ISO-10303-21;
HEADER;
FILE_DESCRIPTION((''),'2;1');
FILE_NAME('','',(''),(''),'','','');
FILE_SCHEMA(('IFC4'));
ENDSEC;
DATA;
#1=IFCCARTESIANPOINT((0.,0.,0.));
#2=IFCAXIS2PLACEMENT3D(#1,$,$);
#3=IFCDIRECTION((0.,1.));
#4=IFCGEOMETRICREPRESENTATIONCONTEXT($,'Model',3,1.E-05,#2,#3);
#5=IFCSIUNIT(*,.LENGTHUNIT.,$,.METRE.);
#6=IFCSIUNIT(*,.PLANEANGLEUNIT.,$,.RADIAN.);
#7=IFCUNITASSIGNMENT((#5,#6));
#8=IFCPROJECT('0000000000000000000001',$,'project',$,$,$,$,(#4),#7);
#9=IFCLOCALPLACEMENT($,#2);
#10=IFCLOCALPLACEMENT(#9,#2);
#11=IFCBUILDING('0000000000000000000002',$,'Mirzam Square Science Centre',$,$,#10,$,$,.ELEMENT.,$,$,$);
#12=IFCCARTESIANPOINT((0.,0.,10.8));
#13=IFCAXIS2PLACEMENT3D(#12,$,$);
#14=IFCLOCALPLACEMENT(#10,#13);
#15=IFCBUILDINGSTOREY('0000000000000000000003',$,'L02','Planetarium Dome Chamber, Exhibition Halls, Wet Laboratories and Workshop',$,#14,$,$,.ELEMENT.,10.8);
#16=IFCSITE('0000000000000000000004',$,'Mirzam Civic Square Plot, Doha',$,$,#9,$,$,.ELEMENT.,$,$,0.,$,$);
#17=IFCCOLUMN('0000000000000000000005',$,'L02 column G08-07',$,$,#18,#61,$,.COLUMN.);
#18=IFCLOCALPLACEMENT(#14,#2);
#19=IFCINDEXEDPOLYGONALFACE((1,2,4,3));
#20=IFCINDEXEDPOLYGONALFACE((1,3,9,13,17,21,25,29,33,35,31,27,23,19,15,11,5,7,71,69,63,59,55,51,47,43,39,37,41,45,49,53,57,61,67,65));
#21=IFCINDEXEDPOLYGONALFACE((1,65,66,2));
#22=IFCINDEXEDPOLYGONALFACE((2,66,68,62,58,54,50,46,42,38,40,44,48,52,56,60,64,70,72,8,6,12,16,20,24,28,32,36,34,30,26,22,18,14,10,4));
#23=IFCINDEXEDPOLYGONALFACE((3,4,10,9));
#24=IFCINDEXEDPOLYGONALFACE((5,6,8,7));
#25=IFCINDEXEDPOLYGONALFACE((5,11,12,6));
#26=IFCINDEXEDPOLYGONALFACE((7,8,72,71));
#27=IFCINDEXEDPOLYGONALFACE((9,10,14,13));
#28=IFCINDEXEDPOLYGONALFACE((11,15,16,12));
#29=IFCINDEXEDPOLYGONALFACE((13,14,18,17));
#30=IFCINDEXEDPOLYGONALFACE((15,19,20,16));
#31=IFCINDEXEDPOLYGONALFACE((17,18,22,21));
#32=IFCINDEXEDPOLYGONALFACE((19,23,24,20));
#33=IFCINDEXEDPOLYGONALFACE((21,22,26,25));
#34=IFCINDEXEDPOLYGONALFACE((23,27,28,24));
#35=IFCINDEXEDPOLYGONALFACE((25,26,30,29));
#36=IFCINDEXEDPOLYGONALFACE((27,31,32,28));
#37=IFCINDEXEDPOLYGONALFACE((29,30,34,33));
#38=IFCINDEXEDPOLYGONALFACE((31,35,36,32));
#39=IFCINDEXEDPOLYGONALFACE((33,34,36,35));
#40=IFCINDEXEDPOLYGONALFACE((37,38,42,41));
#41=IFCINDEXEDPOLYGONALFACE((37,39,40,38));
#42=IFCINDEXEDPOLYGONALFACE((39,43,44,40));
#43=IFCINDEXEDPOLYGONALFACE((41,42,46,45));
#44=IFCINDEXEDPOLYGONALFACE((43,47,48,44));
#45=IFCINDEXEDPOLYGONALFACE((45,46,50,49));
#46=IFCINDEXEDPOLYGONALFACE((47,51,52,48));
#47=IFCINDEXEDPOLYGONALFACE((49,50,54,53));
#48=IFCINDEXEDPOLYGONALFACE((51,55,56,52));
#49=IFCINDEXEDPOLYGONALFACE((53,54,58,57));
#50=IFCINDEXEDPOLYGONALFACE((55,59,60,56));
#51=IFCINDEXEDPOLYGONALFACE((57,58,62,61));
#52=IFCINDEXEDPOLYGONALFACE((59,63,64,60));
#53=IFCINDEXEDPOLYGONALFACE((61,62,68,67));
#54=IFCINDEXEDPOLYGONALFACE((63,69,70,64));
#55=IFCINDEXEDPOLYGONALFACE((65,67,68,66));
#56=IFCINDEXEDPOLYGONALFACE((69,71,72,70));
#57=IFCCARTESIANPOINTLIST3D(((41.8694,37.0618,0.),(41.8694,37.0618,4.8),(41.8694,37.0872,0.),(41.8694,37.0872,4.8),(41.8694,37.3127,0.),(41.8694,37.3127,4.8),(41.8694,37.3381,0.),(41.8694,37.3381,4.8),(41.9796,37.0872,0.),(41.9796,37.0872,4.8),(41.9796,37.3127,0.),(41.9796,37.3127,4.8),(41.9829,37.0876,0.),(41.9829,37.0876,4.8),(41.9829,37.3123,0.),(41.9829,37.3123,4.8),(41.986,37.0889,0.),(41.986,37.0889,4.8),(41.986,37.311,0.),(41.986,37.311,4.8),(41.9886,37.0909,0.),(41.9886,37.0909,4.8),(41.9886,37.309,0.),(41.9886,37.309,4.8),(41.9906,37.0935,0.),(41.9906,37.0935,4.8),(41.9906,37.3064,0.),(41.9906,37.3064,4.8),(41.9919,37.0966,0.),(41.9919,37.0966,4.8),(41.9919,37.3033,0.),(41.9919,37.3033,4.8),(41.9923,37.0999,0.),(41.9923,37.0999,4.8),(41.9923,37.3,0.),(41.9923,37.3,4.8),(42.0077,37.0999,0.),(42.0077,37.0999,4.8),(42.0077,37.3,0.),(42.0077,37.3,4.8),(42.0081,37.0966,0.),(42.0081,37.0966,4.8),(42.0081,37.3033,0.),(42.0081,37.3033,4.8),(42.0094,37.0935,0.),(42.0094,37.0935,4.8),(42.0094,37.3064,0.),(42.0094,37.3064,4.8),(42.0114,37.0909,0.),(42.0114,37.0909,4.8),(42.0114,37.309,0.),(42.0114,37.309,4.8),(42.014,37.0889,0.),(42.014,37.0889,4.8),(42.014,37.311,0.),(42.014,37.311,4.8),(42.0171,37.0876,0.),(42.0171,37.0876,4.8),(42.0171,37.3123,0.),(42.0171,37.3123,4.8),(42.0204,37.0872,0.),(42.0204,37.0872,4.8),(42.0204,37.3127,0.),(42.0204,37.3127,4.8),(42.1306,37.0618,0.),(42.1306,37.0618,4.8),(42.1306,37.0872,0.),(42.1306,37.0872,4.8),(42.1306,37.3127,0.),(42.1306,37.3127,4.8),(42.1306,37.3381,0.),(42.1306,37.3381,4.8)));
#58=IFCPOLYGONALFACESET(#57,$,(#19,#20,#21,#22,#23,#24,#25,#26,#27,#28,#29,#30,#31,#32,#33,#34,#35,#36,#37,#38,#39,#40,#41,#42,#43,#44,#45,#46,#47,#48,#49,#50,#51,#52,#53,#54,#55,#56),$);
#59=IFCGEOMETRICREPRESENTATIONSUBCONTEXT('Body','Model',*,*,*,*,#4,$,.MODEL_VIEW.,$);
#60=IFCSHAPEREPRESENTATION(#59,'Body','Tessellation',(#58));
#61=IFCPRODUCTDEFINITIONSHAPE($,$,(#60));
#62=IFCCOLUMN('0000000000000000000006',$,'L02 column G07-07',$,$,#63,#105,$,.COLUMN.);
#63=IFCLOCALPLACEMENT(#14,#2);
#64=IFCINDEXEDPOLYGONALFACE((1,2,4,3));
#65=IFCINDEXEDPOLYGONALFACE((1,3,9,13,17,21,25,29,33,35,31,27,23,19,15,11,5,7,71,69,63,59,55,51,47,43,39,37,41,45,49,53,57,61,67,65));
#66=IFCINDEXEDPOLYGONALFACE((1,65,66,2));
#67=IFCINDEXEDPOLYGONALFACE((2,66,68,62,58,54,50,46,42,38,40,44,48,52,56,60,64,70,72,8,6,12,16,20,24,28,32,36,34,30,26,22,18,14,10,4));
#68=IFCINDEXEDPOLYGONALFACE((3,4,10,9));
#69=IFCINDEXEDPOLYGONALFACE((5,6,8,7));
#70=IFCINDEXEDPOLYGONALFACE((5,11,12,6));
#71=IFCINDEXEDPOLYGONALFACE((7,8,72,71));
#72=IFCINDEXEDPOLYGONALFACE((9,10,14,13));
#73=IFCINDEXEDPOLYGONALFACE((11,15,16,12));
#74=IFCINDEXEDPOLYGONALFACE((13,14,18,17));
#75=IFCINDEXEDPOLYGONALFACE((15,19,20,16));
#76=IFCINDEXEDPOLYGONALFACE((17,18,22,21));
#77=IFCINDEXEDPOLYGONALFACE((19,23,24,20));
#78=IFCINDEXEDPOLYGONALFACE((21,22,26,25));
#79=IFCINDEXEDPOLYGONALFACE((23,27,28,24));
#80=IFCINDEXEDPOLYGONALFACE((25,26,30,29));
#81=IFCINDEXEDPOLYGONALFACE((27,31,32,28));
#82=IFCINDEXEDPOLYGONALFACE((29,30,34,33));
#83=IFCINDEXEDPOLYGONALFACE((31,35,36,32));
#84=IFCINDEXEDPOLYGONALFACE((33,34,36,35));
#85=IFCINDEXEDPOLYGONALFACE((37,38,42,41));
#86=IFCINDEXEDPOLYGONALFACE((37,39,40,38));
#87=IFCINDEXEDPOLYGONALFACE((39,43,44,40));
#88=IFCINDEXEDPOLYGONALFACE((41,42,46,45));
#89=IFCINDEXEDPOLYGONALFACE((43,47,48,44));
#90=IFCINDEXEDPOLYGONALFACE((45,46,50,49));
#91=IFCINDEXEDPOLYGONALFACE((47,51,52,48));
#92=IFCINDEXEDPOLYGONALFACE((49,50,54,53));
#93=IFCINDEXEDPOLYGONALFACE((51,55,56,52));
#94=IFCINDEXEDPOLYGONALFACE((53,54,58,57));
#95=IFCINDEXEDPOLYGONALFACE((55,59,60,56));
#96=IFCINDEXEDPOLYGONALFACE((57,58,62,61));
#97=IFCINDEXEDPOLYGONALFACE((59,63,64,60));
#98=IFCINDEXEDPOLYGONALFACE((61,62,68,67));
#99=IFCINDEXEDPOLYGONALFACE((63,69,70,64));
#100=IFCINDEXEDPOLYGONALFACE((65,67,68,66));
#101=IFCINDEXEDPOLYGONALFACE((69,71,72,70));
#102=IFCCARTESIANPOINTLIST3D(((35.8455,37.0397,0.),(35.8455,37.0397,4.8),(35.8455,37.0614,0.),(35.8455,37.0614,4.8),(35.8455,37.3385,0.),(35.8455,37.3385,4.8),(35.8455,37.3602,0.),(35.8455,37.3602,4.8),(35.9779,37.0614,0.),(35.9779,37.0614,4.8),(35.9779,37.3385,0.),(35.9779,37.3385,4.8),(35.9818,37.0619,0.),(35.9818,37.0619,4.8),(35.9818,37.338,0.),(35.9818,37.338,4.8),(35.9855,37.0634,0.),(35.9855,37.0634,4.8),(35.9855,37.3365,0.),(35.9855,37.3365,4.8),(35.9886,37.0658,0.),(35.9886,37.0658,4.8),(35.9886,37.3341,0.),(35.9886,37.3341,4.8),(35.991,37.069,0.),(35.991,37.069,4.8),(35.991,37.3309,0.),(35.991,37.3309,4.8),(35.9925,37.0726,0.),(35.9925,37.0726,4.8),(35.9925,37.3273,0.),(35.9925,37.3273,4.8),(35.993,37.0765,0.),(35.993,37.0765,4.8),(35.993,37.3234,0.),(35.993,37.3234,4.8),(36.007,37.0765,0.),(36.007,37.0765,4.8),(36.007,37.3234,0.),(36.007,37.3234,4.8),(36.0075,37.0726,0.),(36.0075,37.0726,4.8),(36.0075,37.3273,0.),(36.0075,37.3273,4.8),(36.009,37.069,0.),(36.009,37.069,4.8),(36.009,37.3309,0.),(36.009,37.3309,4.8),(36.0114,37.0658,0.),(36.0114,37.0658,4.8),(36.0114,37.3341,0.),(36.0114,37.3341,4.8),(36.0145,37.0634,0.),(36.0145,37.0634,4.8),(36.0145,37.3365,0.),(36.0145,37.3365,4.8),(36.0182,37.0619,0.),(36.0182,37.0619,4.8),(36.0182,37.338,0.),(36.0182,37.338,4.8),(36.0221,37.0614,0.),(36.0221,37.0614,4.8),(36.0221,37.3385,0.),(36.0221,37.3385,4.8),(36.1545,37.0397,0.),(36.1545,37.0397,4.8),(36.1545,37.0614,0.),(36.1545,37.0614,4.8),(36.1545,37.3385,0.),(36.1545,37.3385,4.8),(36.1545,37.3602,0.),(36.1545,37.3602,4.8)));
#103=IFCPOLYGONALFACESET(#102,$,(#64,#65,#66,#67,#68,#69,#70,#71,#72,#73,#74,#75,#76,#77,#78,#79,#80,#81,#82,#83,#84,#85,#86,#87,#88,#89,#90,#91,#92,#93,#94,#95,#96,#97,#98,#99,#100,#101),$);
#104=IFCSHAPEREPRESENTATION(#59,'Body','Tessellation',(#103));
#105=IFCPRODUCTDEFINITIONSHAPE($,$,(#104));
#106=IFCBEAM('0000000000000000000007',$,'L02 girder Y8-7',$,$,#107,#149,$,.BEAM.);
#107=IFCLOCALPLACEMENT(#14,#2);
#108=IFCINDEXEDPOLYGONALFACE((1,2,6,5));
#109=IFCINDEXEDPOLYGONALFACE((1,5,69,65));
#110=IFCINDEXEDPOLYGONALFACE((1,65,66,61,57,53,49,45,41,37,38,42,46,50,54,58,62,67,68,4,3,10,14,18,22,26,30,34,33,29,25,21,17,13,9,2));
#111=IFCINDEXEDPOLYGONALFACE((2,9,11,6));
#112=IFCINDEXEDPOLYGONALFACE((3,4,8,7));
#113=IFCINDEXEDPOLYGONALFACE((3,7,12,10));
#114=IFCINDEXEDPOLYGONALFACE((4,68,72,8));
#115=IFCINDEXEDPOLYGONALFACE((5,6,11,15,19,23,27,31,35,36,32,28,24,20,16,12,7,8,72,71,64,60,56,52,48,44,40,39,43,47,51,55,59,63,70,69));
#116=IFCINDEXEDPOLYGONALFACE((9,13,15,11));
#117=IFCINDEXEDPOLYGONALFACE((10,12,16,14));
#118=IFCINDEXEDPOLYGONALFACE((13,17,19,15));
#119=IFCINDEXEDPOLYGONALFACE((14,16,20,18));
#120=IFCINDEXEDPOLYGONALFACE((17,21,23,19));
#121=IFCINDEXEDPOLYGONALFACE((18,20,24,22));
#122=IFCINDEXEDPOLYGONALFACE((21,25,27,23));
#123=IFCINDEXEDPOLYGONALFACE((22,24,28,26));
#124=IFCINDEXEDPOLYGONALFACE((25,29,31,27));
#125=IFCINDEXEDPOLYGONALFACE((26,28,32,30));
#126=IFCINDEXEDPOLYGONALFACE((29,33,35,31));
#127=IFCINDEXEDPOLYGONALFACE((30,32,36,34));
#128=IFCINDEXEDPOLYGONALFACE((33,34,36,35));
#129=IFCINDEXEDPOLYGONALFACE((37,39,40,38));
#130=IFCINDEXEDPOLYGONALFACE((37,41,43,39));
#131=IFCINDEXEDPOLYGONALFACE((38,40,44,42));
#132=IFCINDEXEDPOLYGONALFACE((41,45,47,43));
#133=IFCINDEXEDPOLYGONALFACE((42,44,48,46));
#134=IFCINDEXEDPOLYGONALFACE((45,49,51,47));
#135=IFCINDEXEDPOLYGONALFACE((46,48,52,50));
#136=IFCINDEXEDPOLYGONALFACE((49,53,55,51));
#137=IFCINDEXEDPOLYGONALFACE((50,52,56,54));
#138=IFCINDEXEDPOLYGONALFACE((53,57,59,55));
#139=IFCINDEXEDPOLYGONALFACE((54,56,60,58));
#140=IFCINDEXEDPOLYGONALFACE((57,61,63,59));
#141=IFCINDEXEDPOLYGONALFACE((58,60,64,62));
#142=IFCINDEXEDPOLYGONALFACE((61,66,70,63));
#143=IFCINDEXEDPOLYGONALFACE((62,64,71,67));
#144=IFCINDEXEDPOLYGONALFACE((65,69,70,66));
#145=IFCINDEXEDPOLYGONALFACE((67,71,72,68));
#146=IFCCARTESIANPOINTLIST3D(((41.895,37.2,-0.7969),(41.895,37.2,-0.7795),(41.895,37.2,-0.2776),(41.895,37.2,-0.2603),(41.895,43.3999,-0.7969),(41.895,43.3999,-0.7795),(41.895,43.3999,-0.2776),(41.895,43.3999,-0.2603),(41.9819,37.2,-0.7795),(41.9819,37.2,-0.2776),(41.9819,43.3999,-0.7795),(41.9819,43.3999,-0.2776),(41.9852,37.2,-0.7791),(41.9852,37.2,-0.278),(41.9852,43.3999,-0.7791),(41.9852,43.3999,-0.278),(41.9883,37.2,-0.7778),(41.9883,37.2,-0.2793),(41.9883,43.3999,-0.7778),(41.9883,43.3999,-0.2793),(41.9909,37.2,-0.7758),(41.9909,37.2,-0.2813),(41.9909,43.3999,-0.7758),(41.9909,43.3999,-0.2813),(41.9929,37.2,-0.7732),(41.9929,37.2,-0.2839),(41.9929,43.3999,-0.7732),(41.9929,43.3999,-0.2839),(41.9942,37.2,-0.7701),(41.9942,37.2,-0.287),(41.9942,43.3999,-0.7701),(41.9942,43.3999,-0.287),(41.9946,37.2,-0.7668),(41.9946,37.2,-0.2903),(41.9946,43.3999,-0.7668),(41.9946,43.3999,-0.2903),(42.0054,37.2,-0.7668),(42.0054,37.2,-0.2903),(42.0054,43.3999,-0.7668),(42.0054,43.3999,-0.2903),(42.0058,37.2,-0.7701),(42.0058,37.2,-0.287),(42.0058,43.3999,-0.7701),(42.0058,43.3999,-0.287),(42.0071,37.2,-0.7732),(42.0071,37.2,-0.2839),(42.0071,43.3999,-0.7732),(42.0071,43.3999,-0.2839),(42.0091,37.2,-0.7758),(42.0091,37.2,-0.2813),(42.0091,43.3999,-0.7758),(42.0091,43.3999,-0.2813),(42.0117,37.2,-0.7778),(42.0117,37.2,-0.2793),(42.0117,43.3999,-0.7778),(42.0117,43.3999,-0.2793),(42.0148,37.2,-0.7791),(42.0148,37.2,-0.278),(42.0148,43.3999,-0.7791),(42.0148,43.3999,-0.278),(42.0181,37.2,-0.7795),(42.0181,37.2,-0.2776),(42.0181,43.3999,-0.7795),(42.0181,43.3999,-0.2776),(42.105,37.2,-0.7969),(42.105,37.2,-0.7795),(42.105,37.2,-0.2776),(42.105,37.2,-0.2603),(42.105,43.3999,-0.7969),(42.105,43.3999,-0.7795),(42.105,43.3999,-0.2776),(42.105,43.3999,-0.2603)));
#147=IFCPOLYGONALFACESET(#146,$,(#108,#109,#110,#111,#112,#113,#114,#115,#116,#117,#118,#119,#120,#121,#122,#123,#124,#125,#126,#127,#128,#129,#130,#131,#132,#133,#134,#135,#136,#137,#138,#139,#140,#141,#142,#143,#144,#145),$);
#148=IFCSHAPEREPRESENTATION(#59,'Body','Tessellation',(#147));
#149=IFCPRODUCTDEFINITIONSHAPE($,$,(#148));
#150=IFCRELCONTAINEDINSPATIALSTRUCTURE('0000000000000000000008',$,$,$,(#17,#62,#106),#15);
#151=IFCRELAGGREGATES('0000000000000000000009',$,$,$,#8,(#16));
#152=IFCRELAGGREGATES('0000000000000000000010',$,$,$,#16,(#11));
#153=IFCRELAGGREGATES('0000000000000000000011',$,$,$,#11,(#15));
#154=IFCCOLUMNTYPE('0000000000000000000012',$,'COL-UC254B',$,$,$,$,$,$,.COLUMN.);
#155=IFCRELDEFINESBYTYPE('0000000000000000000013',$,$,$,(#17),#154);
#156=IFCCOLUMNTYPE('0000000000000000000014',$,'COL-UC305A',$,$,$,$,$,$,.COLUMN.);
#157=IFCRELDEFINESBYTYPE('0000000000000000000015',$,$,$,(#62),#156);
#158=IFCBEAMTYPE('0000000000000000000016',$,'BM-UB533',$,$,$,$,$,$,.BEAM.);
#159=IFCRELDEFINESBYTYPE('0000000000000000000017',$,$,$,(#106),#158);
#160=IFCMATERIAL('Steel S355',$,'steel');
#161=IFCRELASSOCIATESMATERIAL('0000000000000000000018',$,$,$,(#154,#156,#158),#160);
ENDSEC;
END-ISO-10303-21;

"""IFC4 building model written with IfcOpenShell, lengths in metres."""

from ifc_helpers import new_model, si_unit, direction, frame, origin, origin_2d, place, context, subcontext, project, spatial, i_section, extrude, material, material_profile, profile_set, type_object, element, save


model = new_model("IFC4")

# Units and contexts
model_context = context("Model", 3, precision=1e-05, world=origin(), true_north=direction((0.0, 1.0)))
body_context = subcontext(model_context, "Body", "Model", "MODEL_VIEW")
ifc_project = project(units=[si_unit("LENGTHUNIT", "METRE"), si_unit("PLANEANGLEUNIT", "RADIAN")], contexts=[model_context])

# Site, building, storey
site_placement = place(None, origin())
site = spatial("IfcSite", under=ifc_project, at=site_placement, Name="Mirzam Civic Square Plot, Doha", CompositionType="ELEMENT", RefElevation=0.0)
building_placement = place(site_placement, origin())
building = spatial("IfcBuilding", under=site, at=building_placement, Name="Mirzam Square Science Centre", CompositionType="ELEMENT")
storey_placement = place(building_placement, frame((0.0, 0.0, 10.8)))
storey = spatial("IfcBuildingStorey", under=building, at=storey_placement, Name="L02", Description="Planetarium Dome Chamber, Exhibition Halls, Wet Laboratories and Workshop", CompositionType="ELEMENT", Elevation=10.8)

# Columns
ifc_material_1 = material(Name="Steel S355", Category="steel")
ifc_material_profile_1 = material_profile(ifc_material_1, i_section(OverallWidth=0.2612, OverallDepth=0.2764, WebThickness=0.0154, FlangeThickness=0.0254, FilletRadius=0.0127, at=origin_2d()), Name="254x254x132UC")
ifc_profile_set_1 = profile_set([ifc_material_profile_1], Name="Steel S355")
column_type_1 = type_object("IfcColumnType", Name="COL-UC254B", PredefinedType="COLUMN", material=ifc_profile_set_1)
column_1_placement = place(storey_placement, frame((42.0, 37.2, 0.0), z_axis=(0.0, 0.0, 1.0), x_axis=(1.0, 0.0, 0.0)))
element("IfcColumn", 1, at=column_1_placement, inside=storey, type_object=column_type_1, Name="L02 column G08-07", PredefinedType="COLUMN", context=body_context, shape_type="SweptSolid", body=[
    extrude(i_section(OverallWidth=0.2612, OverallDepth=0.2764, WebThickness=0.0154, FlangeThickness=0.0254, FilletRadius=0.0127, at=origin_2d()), origin(), (0.0, 0.0, 1.0), 4.8),
])
ifc_material_profile_2 = material_profile(ifc_material_1, i_section(OverallWidth=0.3091, OverallDepth=0.3206, WebThickness=0.0139, FlangeThickness=0.0217, FilletRadius=0.0151, at=origin_2d()), Name="305x305x137UC")
ifc_profile_set_2 = profile_set([ifc_material_profile_2], Name="Steel S355")
column_type_2 = type_object("IfcColumnType", Name="COL-UC305A", PredefinedType="COLUMN", material=ifc_profile_set_2)
column_2_placement = place(storey_placement, frame((36.0, 37.2, 0.0), z_axis=(0.0, 0.0, 1.0), x_axis=(1.0, 0.0, 0.0)))
element("IfcColumn", 2, at=column_2_placement, inside=storey, type_object=column_type_2, Name="L02 column G07-07", PredefinedType="COLUMN", context=body_context, shape_type="SweptSolid", body=[
    extrude(i_section(OverallWidth=0.3091, OverallDepth=0.3206, WebThickness=0.0139, FlangeThickness=0.0217, FilletRadius=0.0151, at=origin_2d()), origin(), (0.0, 0.0, 1.0), 4.8),
])

# Beam
ifc_material_profile_3 = material_profile(ifc_material_1, i_section(OverallWidth=0.21, OverallDepth=0.5366, WebThickness=0.0107, FlangeThickness=0.0173, FilletRadius=0.0127, at=origin_2d()), Name="533x210x101UB")
ifc_profile_set_3 = profile_set([ifc_material_profile_3], Name="Steel S355")
beam_type_1 = type_object("IfcBeamType", Name="BM-UB533", PredefinedType="BEAM", material=ifc_profile_set_3)
beam_1_placement = place(storey_placement, frame((42.0, 37.2, -0.5286), z_axis=(0.0, 1.0, 0.0), x_axis=(-1.0, 0.0, 0.0)))
element("IfcBeam", 3, at=beam_1_placement, inside=storey, type_object=beam_type_1, Name="L02 girder Y8-7", PredefinedType="BEAM", context=body_context, shape_type="SweptSolid", body=[
    extrude(i_section(OverallWidth=0.21, OverallDepth=0.5366, WebThickness=0.0107, FlangeThickness=0.0173, FilletRadius=0.0127, at=origin_2d()), origin(), (0.0, 0.0, 1.0), 6.2),
])

save(model, "model.ifc")
